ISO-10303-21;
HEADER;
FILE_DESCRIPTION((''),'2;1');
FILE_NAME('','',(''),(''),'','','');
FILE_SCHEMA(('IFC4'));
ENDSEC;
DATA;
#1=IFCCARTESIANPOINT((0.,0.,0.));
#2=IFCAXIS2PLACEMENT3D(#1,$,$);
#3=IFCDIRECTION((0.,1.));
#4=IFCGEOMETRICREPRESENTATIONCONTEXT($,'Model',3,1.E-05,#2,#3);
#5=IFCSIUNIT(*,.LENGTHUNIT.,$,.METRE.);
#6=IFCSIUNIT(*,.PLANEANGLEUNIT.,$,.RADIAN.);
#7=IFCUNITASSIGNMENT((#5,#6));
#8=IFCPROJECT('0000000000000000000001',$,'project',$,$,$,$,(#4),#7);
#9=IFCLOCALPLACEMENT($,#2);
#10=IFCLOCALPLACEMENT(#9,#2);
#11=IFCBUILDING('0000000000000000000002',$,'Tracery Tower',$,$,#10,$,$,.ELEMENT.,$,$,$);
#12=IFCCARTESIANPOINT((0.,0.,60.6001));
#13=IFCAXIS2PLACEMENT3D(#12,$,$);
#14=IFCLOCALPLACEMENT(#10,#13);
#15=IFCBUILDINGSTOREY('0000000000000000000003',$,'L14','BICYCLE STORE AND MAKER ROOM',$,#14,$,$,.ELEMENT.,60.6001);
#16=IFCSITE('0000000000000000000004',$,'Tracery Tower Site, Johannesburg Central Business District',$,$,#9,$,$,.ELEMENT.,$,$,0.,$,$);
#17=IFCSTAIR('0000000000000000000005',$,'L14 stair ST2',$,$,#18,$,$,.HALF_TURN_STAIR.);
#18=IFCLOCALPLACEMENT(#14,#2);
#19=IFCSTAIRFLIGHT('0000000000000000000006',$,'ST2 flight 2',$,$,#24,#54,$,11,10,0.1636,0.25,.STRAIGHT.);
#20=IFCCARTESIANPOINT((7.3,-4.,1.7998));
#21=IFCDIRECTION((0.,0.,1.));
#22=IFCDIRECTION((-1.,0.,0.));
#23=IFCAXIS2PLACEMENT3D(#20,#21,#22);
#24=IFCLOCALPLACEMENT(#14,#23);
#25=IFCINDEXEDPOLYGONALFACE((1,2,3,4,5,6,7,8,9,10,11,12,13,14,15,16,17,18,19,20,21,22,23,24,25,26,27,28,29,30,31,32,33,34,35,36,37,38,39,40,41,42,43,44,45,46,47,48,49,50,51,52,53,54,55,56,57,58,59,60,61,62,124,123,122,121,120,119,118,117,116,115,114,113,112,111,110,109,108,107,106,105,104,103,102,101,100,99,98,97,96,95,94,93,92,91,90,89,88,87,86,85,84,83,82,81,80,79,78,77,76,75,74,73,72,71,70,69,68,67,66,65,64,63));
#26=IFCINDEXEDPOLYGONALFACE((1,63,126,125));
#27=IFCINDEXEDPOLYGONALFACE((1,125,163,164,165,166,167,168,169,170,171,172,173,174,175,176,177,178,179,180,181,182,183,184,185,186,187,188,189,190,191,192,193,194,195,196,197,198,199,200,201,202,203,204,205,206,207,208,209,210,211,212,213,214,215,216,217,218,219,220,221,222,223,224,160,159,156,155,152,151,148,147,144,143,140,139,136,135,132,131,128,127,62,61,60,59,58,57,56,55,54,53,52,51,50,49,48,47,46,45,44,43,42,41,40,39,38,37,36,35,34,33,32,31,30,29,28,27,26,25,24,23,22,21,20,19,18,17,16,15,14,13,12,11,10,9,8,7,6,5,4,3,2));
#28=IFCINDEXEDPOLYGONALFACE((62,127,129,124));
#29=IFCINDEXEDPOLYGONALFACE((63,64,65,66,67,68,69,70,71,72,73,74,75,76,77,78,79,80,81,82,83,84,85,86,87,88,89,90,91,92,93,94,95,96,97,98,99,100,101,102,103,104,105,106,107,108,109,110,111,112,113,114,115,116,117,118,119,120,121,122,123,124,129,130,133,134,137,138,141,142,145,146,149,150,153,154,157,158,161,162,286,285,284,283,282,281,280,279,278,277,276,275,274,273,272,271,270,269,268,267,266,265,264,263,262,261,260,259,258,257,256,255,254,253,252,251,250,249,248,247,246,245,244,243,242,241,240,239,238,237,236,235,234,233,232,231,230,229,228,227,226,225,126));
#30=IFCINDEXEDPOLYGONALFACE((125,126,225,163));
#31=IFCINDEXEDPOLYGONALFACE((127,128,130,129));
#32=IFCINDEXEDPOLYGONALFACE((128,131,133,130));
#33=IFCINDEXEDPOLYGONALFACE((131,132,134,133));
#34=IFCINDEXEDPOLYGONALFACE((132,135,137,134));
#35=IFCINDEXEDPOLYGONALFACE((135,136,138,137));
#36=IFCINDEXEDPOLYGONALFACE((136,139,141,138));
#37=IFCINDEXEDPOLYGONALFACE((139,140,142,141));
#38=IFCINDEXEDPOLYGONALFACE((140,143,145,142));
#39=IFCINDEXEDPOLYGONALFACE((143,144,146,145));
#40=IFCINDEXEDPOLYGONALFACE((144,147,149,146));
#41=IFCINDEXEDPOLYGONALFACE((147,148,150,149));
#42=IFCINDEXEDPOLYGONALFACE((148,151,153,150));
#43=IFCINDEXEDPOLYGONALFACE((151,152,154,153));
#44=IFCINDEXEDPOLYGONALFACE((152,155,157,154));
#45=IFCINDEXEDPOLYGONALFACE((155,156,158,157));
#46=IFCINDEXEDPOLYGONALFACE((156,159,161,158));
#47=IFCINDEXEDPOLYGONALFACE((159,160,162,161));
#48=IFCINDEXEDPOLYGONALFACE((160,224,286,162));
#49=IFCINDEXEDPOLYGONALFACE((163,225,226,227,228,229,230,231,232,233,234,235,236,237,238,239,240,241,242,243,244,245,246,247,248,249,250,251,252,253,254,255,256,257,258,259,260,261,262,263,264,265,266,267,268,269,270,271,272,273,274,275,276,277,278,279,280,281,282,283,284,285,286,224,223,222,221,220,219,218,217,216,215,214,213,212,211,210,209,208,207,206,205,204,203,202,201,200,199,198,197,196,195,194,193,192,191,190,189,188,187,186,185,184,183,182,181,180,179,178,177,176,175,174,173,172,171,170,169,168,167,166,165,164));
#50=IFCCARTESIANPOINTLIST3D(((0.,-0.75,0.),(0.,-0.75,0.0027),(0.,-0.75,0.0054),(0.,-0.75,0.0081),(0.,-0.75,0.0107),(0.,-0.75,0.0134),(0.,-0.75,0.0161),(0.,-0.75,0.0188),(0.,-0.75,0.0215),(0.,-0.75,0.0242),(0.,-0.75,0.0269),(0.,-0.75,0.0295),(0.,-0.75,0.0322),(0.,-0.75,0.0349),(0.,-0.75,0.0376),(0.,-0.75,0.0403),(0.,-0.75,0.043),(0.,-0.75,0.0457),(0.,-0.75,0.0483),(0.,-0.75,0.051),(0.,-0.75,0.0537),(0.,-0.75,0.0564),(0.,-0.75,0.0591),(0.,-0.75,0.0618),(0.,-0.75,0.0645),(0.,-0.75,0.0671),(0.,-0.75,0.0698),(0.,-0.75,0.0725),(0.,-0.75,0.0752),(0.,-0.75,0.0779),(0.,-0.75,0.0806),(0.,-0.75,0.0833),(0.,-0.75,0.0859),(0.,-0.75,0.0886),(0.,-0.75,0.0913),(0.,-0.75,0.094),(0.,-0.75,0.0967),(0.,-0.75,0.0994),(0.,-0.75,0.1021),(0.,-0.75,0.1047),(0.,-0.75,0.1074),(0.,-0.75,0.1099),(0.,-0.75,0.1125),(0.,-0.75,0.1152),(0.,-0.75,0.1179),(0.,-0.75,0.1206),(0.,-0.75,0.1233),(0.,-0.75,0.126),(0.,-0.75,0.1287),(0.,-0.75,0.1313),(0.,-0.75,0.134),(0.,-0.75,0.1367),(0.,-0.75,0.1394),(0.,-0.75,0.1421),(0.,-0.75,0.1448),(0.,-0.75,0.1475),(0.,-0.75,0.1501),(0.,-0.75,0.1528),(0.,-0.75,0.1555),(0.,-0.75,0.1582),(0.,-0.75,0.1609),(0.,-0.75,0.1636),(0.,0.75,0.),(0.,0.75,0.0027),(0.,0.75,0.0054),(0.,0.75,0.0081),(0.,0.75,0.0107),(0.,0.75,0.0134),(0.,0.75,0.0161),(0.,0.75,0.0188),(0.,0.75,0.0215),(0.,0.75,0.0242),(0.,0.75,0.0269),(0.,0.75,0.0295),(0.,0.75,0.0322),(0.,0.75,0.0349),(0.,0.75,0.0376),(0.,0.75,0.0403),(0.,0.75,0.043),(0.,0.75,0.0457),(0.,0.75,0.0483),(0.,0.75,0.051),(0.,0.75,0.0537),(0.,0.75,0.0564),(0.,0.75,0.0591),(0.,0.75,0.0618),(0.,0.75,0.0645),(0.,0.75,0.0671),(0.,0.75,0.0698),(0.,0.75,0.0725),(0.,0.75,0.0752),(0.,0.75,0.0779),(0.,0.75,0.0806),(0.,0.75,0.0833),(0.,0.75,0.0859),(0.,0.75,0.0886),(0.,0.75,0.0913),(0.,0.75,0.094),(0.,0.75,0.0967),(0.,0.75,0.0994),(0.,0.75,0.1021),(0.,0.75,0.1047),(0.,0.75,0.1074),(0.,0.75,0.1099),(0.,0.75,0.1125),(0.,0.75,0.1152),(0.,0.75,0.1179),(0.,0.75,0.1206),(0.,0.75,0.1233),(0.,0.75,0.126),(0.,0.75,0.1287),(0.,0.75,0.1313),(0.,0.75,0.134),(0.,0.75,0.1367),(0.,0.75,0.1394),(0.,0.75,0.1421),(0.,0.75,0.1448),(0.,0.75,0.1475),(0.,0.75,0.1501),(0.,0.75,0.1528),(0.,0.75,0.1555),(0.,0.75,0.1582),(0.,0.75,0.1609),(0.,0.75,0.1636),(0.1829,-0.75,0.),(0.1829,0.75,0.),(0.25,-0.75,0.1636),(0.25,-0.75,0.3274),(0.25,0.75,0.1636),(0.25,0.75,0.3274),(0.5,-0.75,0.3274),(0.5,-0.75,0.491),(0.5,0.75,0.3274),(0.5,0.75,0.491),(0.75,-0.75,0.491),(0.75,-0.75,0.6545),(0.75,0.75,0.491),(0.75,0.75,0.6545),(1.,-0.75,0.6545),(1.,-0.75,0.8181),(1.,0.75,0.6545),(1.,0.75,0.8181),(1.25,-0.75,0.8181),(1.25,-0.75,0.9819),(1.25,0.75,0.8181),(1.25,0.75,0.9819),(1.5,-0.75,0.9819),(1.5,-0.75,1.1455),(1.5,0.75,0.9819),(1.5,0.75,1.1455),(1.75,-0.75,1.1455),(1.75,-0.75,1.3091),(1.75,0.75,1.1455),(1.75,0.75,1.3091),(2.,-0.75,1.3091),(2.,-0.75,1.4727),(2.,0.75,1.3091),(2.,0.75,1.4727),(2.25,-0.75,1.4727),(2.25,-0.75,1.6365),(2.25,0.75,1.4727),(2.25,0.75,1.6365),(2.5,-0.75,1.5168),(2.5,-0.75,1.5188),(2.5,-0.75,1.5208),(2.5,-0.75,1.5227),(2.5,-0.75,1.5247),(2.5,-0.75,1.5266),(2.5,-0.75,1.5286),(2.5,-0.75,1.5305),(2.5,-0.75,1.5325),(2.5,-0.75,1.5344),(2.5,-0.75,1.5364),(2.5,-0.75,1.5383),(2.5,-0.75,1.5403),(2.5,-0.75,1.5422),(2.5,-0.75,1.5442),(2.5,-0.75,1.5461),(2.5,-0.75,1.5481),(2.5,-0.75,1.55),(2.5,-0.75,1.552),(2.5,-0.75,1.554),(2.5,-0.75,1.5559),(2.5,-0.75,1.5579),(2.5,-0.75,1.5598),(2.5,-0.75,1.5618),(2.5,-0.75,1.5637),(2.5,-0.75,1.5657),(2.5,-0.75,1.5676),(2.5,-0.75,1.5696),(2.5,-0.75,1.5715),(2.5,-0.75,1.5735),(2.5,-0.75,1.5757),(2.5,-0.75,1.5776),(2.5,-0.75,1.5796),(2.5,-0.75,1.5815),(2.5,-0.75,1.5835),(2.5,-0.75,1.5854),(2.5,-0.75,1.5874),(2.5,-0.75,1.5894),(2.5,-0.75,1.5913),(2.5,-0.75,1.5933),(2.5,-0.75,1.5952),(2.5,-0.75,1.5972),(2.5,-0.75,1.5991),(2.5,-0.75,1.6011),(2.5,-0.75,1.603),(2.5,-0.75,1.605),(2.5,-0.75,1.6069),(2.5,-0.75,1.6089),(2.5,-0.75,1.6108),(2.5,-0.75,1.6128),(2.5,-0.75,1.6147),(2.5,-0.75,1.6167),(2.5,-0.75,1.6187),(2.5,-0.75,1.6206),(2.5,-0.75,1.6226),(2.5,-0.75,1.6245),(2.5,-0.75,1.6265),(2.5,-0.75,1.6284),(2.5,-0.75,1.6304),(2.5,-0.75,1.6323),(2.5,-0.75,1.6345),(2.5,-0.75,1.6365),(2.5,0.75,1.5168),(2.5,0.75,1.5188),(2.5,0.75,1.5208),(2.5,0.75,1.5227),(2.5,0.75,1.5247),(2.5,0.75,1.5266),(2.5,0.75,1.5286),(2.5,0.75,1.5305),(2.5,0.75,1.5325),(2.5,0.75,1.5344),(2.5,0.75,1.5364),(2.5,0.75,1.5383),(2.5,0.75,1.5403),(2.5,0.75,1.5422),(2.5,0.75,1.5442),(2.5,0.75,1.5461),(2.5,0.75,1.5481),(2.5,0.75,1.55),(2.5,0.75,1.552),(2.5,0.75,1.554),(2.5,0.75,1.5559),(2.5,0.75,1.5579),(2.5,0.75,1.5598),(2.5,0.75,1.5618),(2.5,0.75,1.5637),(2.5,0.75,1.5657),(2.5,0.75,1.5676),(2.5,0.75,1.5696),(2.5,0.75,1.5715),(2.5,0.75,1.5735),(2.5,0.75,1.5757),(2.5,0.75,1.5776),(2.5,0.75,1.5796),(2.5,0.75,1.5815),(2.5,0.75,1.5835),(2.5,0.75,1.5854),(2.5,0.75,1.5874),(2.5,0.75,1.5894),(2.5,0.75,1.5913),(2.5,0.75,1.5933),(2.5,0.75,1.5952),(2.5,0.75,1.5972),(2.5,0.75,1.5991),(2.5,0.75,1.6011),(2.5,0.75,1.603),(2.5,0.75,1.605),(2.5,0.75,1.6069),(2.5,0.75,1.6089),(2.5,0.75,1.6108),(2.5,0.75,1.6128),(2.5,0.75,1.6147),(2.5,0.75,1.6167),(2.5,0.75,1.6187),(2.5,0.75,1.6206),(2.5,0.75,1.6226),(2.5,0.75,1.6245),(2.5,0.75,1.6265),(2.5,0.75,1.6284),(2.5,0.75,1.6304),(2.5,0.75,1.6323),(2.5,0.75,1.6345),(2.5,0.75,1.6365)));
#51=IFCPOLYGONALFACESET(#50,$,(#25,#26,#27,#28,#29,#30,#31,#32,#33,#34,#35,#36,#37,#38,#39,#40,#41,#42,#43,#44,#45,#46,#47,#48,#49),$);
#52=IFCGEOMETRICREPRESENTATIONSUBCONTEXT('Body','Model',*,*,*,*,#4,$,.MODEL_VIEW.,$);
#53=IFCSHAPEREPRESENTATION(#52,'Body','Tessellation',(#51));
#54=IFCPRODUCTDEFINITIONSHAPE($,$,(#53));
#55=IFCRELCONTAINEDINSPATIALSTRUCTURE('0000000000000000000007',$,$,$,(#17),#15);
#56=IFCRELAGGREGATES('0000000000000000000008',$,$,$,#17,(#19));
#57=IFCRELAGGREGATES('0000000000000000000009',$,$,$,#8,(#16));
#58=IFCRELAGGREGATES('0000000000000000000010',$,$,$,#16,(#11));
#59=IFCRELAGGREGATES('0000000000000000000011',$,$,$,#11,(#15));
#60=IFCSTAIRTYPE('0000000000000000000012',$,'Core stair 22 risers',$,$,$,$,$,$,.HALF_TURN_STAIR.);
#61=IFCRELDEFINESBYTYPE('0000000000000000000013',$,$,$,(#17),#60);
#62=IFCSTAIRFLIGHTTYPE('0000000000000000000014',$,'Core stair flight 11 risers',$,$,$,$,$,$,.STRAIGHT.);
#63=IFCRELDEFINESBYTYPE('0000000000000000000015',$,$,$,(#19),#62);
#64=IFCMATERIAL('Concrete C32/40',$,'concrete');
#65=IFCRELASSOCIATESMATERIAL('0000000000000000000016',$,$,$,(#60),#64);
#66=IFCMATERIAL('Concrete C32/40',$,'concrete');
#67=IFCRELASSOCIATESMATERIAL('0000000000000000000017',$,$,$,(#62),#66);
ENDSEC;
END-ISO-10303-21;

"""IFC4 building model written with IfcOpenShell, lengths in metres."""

from ifc_helpers import new_model, si_unit, direction, frame, origin, place, context, subcontext, project, spatial, polyline, outline, extrude, material, type_object, element, aggregate, save


model = new_model("IFC4")

# Units and contexts
model_context = context("Model", 3, precision=1e-05, world=origin(), true_north=direction((0.0, 1.0)))
body_context = subcontext(model_context, "Body", "Model", "MODEL_VIEW")
ifc_project = project(units=[si_unit("LENGTHUNIT", "METRE"), si_unit("PLANEANGLEUNIT", "RADIAN")], contexts=[model_context])

# Site, building, storey
site_placement = place(None, origin())
site = spatial("IfcSite", under=ifc_project, at=site_placement, Name="Tracery Tower Site, Johannesburg Central Business District", CompositionType="ELEMENT", RefElevation=0.0)
building_placement = place(site_placement, origin())
building = spatial("IfcBuilding", under=site, at=building_placement, Name="Tracery Tower", CompositionType="ELEMENT")
storey_placement = place(building_placement, frame((0.0, 0.0, 60.6001)))
storey = spatial("IfcBuildingStorey", under=building, at=storey_placement, Name="L14", Description="BICYCLE STORE AND MAKER ROOM", CompositionType="ELEMENT", Elevation=60.6001)

# Stair, stair flight
ifc_material_1 = material(Name="Concrete C32/40", Category="concrete")
stair_type = type_object("IfcStairType", Name="Core stair 22 risers", PredefinedType="HALF_TURN_STAIR", material=ifc_material_1)
stair_placement = place(storey_placement, origin())
stair = element("IfcStair", 1, at=stair_placement, inside=storey, type_object=stair_type, Name="L14 stair ST2", PredefinedType="HALF_TURN_STAIR")
ifc_material_2 = material(Name="Concrete C32/40", Category="concrete")
stair_flight_type = type_object("IfcStairFlightType", Name="Core stair flight 11 risers", PredefinedType="STRAIGHT", material=ifc_material_2)
stair_flight_1_placement = place(storey_placement, frame((7.3, -4.0, 1.7998), z_axis=(0.0, 0.0, 1.0), x_axis=(-1.0, 0.0, 0.0)))
stair_flight_1 = element("IfcStairFlight", 2, at=stair_flight_1_placement, type_object=stair_flight_type, Name="ST2 flight 2", NumberOfRisers=11, NumberOfTreads=10, PredefinedType="STRAIGHT", RiserHeight=0.1636, TreadLength=0.25, context=body_context, shape_type="SweptSolid", body=[
    extrude(outline(polyline([(0.0, 0.0), (0.0, 0.0027), (0.0, 0.0054), (0.0, 0.0081), (0.0, 0.0107), (0.0, 0.0134), (0.0, 0.0161), (0.0, 0.0188), (0.0, 0.0215), (0.0, 0.0242), (0.0, 0.0269), (0.0, 0.0295), (0.0, 0.0322), (0.0, 0.0349), (0.0, 0.0376), (0.0, 0.0403), (0.0, 0.043), (0.0, 0.0457), (0.0, 0.0483), (0.0, 0.051), (0.0, 0.0537), (0.0, 0.0564), (0.0, 0.0591), (0.0, 0.0618), (0.0, 0.0645), (0.0, 0.0671), (0.0, 0.0698), (0.0, 0.0725), (0.0, 0.0752), (0.0, 0.0779), (0.0, 0.0806), (0.0, 0.0833), (0.0, 0.0859), (0.0, 0.0886), (0.0, 0.0913), (0.0, 0.094), (0.0, 0.0967), (0.0, 0.0994), (0.0, 0.1021), (0.0, 0.1047), (0.0, 0.1074), (0.0, 0.1099), (0.0, 0.1125), (0.0, 0.1152), (0.0, 0.1179), (0.0, 0.1206), (0.0, 0.1233), (0.0, 0.126), (0.0, 0.1287), (0.0, 0.1313), (0.0, 0.134), (0.0, 0.1367), (0.0, 0.1394), (0.0, 0.1421), (0.0, 0.1448), (0.0, 0.1475), (0.0, 0.1501), (0.0, 0.1528), (0.0, 0.1555), (0.0, 0.1582), (0.0, 0.1609), (0.0, 0.1636), (0.25, 0.1636), (0.25, 0.3274), (0.5, 0.3274), (0.5, 0.491), (0.75, 0.491), (0.75, 0.6545), (1.0, 0.6545), (1.0, 0.8181), (1.25, 0.8181), (1.25, 0.9819), (1.5, 0.9819), (1.5, 1.1455), (1.75, 1.1455), (1.75, 1.3091), (2.0, 1.3091), (2.0, 1.4727), (2.25, 1.4727), (2.25, 1.6365), (2.5, 1.6365), (2.5, 1.6345), (2.5, 1.6323), (2.5, 1.6304), (2.5, 1.6284), (2.5, 1.6265), (2.5, 1.6245), (2.5, 1.6226), (2.5, 1.6206), (2.5, 1.6187), (2.5, 1.6167), (2.5, 1.6147), (2.5, 1.6128), (2.5, 1.6108), (2.5, 1.6089), (2.5, 1.6069), (2.5, 1.605), (2.5, 1.603), (2.5, 1.6011), (2.5, 1.5991), (2.5, 1.5972), (2.5, 1.5952), (2.5, 1.5933), (2.5, 1.5913), (2.5, 1.5894), (2.5, 1.5874), (2.5, 1.5854), (2.5, 1.5835), (2.5, 1.5815), (2.5, 1.5796), (2.5, 1.5776), (2.5, 1.5757), (2.5, 1.5735), (2.5, 1.5715), (2.5, 1.5696), (2.5, 1.5676), (2.5, 1.5657), (2.5, 1.5637), (2.5, 1.5618), (2.5, 1.5598), (2.5, 1.5579), (2.5, 1.5559), (2.5, 1.554), (2.5, 1.552), (2.5, 1.55), (2.5, 1.5481), (2.5, 1.5461), (2.5, 1.5442), (2.5, 1.5422), (2.5, 1.5403), (2.5, 1.5383), (2.5, 1.5364), (2.5, 1.5344), (2.5, 1.5325), (2.5, 1.5305), (2.5, 1.5286), (2.5, 1.5266), (2.5, 1.5247), (2.5, 1.5227), (2.5, 1.5208), (2.5, 1.5188), (2.5, 1.5168), (0.1829, 0.0), (0.0, 0.0)])), frame((0.0, 0.75, 0.0), z_axis=(0.0, -1.0, 0.0), x_axis=(1.0, 0.0, 0.0)), (0.0, 0.0, 1.0), 1.5),
])
aggregate(stair, [stair_flight_1])

save(model, "model.ifc")
